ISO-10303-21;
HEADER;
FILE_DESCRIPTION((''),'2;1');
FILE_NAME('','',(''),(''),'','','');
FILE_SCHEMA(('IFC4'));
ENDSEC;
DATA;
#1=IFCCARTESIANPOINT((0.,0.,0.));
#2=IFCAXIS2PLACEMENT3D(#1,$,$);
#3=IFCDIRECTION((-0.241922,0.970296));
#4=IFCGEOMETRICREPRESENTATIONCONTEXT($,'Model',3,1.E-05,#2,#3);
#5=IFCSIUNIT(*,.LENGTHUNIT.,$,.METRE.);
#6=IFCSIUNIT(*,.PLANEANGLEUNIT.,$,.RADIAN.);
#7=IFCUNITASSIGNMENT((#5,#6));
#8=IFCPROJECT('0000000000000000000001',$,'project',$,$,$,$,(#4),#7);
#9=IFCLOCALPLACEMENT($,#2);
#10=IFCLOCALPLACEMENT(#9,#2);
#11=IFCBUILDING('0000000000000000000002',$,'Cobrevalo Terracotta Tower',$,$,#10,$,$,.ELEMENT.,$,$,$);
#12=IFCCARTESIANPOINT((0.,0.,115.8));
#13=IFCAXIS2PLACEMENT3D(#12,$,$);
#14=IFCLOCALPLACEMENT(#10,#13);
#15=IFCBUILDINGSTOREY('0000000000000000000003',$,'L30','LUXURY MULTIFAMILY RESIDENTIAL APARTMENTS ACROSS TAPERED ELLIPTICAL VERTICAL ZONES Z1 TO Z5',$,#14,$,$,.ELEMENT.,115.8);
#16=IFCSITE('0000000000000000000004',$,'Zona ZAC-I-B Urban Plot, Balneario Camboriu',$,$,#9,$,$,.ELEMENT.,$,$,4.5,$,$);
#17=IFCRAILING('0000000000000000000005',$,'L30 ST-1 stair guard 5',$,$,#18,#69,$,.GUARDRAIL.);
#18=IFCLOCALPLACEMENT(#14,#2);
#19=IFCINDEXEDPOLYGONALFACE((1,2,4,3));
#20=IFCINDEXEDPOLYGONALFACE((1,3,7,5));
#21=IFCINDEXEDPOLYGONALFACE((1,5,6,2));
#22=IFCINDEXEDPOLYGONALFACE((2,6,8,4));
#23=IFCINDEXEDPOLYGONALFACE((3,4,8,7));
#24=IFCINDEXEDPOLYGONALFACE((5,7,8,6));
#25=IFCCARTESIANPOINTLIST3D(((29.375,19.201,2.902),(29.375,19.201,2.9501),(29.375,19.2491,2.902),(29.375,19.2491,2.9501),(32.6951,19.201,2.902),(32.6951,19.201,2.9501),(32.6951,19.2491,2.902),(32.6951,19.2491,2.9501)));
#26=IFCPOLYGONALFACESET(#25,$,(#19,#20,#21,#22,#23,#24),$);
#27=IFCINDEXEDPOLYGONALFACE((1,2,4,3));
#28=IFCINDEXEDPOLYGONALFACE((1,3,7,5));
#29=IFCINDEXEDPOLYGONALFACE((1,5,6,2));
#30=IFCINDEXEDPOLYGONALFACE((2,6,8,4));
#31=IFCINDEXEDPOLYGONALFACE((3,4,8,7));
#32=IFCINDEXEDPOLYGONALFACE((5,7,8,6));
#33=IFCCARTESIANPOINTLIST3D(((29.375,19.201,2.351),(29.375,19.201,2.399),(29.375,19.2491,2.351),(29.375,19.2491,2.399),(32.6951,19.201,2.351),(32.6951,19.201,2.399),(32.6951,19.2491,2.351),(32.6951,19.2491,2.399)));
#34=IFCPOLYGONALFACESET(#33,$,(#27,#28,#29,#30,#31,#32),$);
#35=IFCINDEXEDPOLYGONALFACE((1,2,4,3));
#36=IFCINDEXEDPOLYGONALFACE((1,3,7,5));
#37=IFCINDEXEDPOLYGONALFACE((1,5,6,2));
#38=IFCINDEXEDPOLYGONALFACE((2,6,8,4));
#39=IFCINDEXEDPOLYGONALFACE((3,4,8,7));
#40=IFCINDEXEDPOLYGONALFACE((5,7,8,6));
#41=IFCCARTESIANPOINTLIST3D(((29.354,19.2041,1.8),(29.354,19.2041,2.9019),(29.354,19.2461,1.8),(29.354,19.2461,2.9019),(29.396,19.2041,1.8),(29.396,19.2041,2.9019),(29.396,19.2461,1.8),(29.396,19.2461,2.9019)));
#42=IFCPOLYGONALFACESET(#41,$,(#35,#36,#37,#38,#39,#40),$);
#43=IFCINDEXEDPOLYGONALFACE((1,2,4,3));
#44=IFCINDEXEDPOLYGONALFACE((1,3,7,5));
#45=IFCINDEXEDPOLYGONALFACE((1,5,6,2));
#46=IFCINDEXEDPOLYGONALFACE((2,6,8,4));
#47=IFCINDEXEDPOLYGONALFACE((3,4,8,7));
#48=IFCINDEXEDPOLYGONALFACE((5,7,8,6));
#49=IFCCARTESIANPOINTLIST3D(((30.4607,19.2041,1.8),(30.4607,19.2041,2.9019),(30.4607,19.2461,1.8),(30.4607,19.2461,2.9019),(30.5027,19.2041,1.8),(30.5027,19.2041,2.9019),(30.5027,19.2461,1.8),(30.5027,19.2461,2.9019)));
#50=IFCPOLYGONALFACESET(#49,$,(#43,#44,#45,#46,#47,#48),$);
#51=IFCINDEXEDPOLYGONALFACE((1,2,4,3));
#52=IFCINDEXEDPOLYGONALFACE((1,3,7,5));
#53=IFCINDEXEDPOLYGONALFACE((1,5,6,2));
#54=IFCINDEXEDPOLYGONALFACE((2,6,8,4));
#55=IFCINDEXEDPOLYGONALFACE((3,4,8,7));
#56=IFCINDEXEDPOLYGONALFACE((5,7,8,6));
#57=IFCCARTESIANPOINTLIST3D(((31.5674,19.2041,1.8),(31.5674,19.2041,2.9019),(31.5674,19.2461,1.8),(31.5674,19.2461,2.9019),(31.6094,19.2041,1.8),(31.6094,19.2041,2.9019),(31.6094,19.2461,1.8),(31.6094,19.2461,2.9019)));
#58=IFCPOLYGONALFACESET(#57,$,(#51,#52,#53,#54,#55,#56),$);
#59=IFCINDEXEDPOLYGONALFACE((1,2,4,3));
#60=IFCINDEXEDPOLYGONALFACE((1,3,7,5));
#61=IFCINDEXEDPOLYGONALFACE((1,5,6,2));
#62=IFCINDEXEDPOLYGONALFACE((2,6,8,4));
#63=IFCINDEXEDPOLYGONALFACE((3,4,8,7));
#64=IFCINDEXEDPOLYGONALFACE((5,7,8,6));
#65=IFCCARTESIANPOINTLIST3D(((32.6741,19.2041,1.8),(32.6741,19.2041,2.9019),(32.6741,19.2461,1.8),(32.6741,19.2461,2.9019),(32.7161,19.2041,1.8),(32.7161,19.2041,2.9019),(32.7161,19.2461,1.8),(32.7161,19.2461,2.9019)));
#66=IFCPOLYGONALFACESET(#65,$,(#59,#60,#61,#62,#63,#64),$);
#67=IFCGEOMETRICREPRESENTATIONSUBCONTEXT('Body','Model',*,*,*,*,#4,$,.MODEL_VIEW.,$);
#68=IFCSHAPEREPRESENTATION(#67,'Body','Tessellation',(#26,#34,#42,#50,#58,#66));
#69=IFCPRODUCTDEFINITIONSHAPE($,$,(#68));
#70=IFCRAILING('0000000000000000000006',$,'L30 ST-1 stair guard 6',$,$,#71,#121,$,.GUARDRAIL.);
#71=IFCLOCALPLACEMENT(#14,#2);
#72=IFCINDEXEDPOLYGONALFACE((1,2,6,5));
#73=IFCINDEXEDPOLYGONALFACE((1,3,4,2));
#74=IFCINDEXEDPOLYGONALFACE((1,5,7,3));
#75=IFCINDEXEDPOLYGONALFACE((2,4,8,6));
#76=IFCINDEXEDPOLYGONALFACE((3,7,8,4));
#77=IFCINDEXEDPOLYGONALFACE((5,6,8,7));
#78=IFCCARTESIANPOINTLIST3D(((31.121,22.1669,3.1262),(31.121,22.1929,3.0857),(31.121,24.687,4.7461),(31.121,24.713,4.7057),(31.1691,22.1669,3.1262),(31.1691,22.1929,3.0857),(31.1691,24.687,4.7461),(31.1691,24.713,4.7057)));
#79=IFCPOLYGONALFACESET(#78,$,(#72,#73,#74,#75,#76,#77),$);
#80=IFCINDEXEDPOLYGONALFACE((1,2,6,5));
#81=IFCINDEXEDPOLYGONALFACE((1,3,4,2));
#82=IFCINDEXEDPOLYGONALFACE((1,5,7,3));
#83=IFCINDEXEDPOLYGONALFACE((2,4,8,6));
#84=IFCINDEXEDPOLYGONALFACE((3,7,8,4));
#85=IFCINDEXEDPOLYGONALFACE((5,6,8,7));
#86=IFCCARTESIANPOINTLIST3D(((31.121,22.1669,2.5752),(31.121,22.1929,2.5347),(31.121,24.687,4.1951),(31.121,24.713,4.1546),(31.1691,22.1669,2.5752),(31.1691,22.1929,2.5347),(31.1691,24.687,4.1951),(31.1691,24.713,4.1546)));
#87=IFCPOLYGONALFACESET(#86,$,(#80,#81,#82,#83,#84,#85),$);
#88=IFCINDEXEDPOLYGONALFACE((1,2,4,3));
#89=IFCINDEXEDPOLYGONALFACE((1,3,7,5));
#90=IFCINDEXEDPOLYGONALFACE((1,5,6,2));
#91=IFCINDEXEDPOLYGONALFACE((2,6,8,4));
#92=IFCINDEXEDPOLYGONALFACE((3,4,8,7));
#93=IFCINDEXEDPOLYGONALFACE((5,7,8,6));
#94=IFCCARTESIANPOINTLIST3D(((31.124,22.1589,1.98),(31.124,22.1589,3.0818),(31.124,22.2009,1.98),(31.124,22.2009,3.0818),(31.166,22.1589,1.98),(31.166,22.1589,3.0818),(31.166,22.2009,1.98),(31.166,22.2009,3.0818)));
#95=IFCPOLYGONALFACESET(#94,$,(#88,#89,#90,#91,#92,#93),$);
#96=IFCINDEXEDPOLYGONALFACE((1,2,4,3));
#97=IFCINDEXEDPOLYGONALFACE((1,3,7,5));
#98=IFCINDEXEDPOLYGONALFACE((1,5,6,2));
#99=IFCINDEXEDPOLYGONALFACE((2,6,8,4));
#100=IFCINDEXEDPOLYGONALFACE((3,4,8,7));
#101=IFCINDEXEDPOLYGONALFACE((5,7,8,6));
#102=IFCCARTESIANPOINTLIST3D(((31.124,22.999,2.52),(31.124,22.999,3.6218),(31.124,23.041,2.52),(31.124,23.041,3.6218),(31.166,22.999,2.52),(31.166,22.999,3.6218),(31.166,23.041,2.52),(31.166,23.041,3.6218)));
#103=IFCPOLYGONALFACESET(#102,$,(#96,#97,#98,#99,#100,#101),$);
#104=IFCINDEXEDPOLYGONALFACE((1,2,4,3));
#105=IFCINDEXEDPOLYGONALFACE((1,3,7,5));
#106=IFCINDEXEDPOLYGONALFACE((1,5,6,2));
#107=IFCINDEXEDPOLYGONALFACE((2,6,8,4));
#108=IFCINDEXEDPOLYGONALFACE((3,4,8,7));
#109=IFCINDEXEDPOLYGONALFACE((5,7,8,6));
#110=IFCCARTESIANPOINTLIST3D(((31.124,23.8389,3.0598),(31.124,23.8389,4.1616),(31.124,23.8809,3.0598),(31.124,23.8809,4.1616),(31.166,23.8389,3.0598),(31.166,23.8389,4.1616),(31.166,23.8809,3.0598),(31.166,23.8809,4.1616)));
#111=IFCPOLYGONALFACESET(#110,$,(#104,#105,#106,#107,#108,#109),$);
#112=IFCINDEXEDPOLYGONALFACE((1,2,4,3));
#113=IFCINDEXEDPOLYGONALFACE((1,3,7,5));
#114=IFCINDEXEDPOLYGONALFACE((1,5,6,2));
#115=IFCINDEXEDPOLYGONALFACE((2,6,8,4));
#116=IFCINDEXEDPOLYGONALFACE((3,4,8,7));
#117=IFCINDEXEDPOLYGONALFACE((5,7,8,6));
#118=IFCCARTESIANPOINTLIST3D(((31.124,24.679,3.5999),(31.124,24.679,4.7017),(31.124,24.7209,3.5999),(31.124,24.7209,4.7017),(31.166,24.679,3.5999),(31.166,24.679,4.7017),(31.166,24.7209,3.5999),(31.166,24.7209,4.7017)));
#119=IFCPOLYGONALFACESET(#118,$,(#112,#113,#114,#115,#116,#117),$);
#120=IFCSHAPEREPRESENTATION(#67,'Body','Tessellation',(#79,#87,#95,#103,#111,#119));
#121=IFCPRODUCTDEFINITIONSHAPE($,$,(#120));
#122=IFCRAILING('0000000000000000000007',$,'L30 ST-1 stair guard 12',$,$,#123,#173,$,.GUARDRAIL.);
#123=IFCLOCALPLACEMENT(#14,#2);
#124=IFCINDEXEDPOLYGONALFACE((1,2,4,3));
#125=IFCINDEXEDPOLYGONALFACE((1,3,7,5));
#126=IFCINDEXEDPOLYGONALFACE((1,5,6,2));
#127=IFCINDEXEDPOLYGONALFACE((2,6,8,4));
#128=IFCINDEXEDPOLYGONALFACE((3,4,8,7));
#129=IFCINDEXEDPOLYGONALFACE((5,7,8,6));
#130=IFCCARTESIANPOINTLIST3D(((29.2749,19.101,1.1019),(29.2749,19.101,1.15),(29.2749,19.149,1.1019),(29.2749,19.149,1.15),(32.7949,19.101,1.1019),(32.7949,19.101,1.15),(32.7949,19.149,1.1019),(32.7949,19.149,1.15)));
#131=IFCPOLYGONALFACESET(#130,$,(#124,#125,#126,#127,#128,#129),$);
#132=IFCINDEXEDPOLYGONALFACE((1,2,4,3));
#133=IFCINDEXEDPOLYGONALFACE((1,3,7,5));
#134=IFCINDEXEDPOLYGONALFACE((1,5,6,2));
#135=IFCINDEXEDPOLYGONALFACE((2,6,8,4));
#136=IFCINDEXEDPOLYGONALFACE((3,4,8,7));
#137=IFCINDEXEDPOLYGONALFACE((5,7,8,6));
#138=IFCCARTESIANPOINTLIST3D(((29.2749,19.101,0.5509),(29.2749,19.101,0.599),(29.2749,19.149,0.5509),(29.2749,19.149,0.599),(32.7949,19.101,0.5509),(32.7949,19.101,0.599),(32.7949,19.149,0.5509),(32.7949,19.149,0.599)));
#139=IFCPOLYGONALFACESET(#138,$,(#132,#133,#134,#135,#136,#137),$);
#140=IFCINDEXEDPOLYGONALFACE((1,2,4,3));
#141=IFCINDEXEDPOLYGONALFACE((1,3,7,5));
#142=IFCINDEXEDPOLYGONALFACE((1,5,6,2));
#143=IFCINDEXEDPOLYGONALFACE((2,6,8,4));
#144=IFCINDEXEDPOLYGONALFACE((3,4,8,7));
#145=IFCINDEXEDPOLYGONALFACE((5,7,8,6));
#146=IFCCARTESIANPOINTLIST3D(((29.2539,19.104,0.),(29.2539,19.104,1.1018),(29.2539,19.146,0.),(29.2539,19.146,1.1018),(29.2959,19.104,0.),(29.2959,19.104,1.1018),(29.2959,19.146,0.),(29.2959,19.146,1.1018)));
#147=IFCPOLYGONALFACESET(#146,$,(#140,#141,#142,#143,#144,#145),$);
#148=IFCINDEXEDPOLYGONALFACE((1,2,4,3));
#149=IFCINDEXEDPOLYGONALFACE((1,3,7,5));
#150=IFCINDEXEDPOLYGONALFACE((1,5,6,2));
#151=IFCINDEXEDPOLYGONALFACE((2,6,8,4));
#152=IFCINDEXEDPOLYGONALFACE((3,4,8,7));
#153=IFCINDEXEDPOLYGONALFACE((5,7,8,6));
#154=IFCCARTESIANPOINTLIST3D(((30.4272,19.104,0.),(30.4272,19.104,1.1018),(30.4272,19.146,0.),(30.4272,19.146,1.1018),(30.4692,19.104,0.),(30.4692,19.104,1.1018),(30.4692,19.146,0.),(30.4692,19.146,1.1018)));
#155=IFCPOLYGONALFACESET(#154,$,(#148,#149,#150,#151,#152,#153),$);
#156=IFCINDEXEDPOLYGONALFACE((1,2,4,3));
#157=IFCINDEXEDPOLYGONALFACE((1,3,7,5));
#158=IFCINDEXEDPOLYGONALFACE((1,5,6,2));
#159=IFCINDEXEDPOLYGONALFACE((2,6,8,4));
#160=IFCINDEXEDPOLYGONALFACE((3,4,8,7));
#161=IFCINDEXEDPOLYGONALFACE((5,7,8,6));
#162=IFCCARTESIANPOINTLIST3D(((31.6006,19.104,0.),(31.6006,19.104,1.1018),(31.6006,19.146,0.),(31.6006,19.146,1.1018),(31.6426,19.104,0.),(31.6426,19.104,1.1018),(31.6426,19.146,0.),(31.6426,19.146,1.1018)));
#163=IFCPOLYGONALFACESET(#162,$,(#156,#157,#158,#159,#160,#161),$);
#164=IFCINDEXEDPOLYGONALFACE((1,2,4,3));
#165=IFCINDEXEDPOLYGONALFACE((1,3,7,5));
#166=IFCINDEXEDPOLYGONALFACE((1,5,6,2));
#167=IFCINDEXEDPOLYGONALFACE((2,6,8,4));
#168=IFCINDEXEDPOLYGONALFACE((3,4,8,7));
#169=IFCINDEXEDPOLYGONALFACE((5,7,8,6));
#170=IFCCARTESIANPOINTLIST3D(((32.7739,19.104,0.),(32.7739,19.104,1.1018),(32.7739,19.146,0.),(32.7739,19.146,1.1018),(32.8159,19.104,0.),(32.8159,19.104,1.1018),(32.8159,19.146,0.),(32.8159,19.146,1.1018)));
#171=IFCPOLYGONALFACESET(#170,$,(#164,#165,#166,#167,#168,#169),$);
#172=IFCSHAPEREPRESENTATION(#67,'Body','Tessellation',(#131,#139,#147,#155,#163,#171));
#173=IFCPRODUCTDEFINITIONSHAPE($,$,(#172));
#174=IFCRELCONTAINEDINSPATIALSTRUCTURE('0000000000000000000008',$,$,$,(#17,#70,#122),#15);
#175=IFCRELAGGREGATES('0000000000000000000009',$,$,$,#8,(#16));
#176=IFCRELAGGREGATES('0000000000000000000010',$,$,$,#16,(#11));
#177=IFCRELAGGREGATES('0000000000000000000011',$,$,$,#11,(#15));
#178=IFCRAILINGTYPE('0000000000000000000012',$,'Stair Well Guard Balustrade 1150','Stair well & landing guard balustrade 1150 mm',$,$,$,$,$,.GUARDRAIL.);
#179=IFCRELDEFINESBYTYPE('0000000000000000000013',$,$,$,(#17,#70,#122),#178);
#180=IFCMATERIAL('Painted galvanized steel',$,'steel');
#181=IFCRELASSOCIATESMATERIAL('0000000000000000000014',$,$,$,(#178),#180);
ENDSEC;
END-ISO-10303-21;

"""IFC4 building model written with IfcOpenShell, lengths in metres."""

from ifc_helpers import new_model, si_unit, direction, frame, origin, origin_2d, place, context, subcontext, project, spatial, rectangle, extrude, material, type_object, element, save


model = new_model("IFC4")

# Units and contexts
model_context = context("Model", 3, precision=1e-05, world=origin(), true_north=direction((-0.241922, 0.970296)))
body_context = subcontext(model_context, "Body", "Model", "MODEL_VIEW")
ifc_project = project(units=[si_unit("LENGTHUNIT", "METRE"), si_unit("PLANEANGLEUNIT", "RADIAN")], contexts=[model_context])

# Site, building, storey
site_placement = place(None, origin())
site = spatial("IfcSite", under=ifc_project, at=site_placement, Name="Zona ZAC-I-B Urban Plot, Balneario Camboriu", CompositionType="ELEMENT", RefElevation=4.5)
building_placement = place(site_placement, origin())
building = spatial("IfcBuilding", under=site, at=building_placement, Name="Cobrevalo Terracotta Tower", CompositionType="ELEMENT")
storey_placement = place(building_placement, frame((0.0, 0.0, 115.8)))
storey = spatial("IfcBuildingStorey", under=building, at=storey_placement, Name="L30", Description="LUXURY MULTIFAMILY RESIDENTIAL APARTMENTS ACROSS TAPERED ELLIPTICAL VERTICAL ZONES Z1 TO Z5", CompositionType="ELEMENT", Elevation=115.8)

# Railings
ifc_material_1 = material(Name="Painted galvanized steel", Category="steel")
railing_type_1 = type_object("IfcRailingType", Name="Stair Well Guard Balustrade 1150", Description="Stair well & landing guard balustrade 1150 mm", PredefinedType="GUARDRAIL", material=ifc_material_1)
railing_1_placement = place(storey_placement, frame((29.375, 19.2251, 1.8)))
element("IfcRailing", 1, at=railing_1_placement, inside=storey, type_object=railing_type_1, Name="L30 ST-1 stair guard 5", PredefinedType="GUARDRAIL", context=body_context, shape_type="SweptSolid", body=[
    extrude(rectangle(XDim=0.0481, YDim=0.0481, at=origin_2d()), frame((0.0, 0.0, 1.126), z_axis=(1.0, 0.0, 0.0), x_axis=(0.0, 1.0, 0.0)), (0.0, 0.0, 1.0), 3.3201),
    extrude(rectangle(XDim=0.0481, YDim=0.0481, at=origin_2d()), frame((0.0, 0.0, 0.575), z_axis=(1.0, 0.0, 0.0), x_axis=(0.0, 1.0, 0.0)), (0.0, 0.0, 1.0), 3.3201),
    extrude(rectangle(XDim=0.042, YDim=0.042, at=origin_2d()), origin(), (0.0, 0.0, 1.0), 1.1018),
    extrude(rectangle(XDim=0.042, YDim=0.042, at=origin_2d()), frame((1.1067, 0.0, 0.0)), (0.0, 0.0, 1.0), 1.1018),
    extrude(rectangle(XDim=0.042, YDim=0.042, at=origin_2d()), frame((2.2134, 0.0, 0.0)), (0.0, 0.0, 1.0), 1.1018),
    extrude(rectangle(XDim=0.042, YDim=0.042, at=origin_2d()), frame((3.3201, 0.0, 0.0)), (0.0, 0.0, 1.0), 1.1018),
])
railing_2_placement = place(storey_placement, frame((31.145, 22.1799, 1.98)))
element("IfcRailing", 2, at=railing_2_placement, inside=storey, type_object=railing_type_1, Name="L30 ST-1 stair guard 6", PredefinedType="GUARDRAIL", context=body_context, shape_type="SweptSolid", body=[
    extrude(rectangle(XDim=0.0481, YDim=0.0481, at=origin_2d()), frame((0.0, 0.0, 1.126), z_axis=(0.0, 0.8412, 0.540725), x_axis=(-1.0, 0.0, 0.0)), (0.0, 0.0, 1.0), 2.9958),
    extrude(rectangle(XDim=0.0481, YDim=0.0481, at=origin_2d()), frame((0.0, 0.0, 0.575), z_axis=(0.0, 0.8412, 0.540725), x_axis=(-1.0, 0.0, 0.0)), (0.0, 0.0, 1.0), 2.9958),
    extrude(rectangle(XDim=0.042, YDim=0.042, at=origin_2d()), origin(), (0.0, 0.0, 1.0), 1.1018),
    extrude(rectangle(XDim=0.042, YDim=0.042, at=origin_2d()), frame((0.0, 0.8401, 0.54)), (0.0, 0.0, 1.0), 1.1018),
    extrude(rectangle(XDim=0.042, YDim=0.042, at=origin_2d()), frame((0.0, 1.6799, 1.0798)), (0.0, 0.0, 1.0), 1.1018),
    extrude(rectangle(XDim=0.042, YDim=0.042, at=origin_2d()), frame((0.0, 2.52, 1.6199)), (0.0, 0.0, 1.0), 1.1018),
])
railing_3_placement = place(storey_placement, frame((29.2749, 19.125, 0.0)))
element("IfcRailing", 3, at=railing_3_placement, inside=storey, type_object=railing_type_1, Name="L30 ST-1 stair guard 12", PredefinedType="GUARDRAIL", context=body_context, shape_type="SweptSolid", body=[
    extrude(rectangle(XDim=0.0481, YDim=0.0481, at=origin_2d()), frame((0.0, 0.0, 1.126), z_axis=(1.0, 0.0, 0.0), x_axis=(0.0, 1.0, 0.0)), (0.0, 0.0, 1.0), 3.52),
    extrude(rectangle(XDim=0.0481, YDim=0.0481, at=origin_2d()), frame((0.0, 0.0, 0.575), z_axis=(1.0, 0.0, 0.0), x_axis=(0.0, 1.0, 0.0)), (0.0, 0.0, 1.0), 3.52),
    extrude(rectangle(XDim=0.042, YDim=0.042, at=origin_2d()), origin(), (0.0, 0.0, 1.0), 1.1018),
    extrude(rectangle(XDim=0.042, YDim=0.042, at=origin_2d()), frame((1.1733, 0.0, 0.0)), (0.0, 0.0, 1.0), 1.1018),
    extrude(rectangle(XDim=0.042, YDim=0.042, at=origin_2d()), frame((2.3467, 0.0, 0.0)), (0.0, 0.0, 1.0), 1.1018),
    extrude(rectangle(XDim=0.042, YDim=0.042, at=origin_2d()), frame((3.52, 0.0, 0.0)), (0.0, 0.0, 1.0), 1.1018),
])

save(model, "model.ifc")
